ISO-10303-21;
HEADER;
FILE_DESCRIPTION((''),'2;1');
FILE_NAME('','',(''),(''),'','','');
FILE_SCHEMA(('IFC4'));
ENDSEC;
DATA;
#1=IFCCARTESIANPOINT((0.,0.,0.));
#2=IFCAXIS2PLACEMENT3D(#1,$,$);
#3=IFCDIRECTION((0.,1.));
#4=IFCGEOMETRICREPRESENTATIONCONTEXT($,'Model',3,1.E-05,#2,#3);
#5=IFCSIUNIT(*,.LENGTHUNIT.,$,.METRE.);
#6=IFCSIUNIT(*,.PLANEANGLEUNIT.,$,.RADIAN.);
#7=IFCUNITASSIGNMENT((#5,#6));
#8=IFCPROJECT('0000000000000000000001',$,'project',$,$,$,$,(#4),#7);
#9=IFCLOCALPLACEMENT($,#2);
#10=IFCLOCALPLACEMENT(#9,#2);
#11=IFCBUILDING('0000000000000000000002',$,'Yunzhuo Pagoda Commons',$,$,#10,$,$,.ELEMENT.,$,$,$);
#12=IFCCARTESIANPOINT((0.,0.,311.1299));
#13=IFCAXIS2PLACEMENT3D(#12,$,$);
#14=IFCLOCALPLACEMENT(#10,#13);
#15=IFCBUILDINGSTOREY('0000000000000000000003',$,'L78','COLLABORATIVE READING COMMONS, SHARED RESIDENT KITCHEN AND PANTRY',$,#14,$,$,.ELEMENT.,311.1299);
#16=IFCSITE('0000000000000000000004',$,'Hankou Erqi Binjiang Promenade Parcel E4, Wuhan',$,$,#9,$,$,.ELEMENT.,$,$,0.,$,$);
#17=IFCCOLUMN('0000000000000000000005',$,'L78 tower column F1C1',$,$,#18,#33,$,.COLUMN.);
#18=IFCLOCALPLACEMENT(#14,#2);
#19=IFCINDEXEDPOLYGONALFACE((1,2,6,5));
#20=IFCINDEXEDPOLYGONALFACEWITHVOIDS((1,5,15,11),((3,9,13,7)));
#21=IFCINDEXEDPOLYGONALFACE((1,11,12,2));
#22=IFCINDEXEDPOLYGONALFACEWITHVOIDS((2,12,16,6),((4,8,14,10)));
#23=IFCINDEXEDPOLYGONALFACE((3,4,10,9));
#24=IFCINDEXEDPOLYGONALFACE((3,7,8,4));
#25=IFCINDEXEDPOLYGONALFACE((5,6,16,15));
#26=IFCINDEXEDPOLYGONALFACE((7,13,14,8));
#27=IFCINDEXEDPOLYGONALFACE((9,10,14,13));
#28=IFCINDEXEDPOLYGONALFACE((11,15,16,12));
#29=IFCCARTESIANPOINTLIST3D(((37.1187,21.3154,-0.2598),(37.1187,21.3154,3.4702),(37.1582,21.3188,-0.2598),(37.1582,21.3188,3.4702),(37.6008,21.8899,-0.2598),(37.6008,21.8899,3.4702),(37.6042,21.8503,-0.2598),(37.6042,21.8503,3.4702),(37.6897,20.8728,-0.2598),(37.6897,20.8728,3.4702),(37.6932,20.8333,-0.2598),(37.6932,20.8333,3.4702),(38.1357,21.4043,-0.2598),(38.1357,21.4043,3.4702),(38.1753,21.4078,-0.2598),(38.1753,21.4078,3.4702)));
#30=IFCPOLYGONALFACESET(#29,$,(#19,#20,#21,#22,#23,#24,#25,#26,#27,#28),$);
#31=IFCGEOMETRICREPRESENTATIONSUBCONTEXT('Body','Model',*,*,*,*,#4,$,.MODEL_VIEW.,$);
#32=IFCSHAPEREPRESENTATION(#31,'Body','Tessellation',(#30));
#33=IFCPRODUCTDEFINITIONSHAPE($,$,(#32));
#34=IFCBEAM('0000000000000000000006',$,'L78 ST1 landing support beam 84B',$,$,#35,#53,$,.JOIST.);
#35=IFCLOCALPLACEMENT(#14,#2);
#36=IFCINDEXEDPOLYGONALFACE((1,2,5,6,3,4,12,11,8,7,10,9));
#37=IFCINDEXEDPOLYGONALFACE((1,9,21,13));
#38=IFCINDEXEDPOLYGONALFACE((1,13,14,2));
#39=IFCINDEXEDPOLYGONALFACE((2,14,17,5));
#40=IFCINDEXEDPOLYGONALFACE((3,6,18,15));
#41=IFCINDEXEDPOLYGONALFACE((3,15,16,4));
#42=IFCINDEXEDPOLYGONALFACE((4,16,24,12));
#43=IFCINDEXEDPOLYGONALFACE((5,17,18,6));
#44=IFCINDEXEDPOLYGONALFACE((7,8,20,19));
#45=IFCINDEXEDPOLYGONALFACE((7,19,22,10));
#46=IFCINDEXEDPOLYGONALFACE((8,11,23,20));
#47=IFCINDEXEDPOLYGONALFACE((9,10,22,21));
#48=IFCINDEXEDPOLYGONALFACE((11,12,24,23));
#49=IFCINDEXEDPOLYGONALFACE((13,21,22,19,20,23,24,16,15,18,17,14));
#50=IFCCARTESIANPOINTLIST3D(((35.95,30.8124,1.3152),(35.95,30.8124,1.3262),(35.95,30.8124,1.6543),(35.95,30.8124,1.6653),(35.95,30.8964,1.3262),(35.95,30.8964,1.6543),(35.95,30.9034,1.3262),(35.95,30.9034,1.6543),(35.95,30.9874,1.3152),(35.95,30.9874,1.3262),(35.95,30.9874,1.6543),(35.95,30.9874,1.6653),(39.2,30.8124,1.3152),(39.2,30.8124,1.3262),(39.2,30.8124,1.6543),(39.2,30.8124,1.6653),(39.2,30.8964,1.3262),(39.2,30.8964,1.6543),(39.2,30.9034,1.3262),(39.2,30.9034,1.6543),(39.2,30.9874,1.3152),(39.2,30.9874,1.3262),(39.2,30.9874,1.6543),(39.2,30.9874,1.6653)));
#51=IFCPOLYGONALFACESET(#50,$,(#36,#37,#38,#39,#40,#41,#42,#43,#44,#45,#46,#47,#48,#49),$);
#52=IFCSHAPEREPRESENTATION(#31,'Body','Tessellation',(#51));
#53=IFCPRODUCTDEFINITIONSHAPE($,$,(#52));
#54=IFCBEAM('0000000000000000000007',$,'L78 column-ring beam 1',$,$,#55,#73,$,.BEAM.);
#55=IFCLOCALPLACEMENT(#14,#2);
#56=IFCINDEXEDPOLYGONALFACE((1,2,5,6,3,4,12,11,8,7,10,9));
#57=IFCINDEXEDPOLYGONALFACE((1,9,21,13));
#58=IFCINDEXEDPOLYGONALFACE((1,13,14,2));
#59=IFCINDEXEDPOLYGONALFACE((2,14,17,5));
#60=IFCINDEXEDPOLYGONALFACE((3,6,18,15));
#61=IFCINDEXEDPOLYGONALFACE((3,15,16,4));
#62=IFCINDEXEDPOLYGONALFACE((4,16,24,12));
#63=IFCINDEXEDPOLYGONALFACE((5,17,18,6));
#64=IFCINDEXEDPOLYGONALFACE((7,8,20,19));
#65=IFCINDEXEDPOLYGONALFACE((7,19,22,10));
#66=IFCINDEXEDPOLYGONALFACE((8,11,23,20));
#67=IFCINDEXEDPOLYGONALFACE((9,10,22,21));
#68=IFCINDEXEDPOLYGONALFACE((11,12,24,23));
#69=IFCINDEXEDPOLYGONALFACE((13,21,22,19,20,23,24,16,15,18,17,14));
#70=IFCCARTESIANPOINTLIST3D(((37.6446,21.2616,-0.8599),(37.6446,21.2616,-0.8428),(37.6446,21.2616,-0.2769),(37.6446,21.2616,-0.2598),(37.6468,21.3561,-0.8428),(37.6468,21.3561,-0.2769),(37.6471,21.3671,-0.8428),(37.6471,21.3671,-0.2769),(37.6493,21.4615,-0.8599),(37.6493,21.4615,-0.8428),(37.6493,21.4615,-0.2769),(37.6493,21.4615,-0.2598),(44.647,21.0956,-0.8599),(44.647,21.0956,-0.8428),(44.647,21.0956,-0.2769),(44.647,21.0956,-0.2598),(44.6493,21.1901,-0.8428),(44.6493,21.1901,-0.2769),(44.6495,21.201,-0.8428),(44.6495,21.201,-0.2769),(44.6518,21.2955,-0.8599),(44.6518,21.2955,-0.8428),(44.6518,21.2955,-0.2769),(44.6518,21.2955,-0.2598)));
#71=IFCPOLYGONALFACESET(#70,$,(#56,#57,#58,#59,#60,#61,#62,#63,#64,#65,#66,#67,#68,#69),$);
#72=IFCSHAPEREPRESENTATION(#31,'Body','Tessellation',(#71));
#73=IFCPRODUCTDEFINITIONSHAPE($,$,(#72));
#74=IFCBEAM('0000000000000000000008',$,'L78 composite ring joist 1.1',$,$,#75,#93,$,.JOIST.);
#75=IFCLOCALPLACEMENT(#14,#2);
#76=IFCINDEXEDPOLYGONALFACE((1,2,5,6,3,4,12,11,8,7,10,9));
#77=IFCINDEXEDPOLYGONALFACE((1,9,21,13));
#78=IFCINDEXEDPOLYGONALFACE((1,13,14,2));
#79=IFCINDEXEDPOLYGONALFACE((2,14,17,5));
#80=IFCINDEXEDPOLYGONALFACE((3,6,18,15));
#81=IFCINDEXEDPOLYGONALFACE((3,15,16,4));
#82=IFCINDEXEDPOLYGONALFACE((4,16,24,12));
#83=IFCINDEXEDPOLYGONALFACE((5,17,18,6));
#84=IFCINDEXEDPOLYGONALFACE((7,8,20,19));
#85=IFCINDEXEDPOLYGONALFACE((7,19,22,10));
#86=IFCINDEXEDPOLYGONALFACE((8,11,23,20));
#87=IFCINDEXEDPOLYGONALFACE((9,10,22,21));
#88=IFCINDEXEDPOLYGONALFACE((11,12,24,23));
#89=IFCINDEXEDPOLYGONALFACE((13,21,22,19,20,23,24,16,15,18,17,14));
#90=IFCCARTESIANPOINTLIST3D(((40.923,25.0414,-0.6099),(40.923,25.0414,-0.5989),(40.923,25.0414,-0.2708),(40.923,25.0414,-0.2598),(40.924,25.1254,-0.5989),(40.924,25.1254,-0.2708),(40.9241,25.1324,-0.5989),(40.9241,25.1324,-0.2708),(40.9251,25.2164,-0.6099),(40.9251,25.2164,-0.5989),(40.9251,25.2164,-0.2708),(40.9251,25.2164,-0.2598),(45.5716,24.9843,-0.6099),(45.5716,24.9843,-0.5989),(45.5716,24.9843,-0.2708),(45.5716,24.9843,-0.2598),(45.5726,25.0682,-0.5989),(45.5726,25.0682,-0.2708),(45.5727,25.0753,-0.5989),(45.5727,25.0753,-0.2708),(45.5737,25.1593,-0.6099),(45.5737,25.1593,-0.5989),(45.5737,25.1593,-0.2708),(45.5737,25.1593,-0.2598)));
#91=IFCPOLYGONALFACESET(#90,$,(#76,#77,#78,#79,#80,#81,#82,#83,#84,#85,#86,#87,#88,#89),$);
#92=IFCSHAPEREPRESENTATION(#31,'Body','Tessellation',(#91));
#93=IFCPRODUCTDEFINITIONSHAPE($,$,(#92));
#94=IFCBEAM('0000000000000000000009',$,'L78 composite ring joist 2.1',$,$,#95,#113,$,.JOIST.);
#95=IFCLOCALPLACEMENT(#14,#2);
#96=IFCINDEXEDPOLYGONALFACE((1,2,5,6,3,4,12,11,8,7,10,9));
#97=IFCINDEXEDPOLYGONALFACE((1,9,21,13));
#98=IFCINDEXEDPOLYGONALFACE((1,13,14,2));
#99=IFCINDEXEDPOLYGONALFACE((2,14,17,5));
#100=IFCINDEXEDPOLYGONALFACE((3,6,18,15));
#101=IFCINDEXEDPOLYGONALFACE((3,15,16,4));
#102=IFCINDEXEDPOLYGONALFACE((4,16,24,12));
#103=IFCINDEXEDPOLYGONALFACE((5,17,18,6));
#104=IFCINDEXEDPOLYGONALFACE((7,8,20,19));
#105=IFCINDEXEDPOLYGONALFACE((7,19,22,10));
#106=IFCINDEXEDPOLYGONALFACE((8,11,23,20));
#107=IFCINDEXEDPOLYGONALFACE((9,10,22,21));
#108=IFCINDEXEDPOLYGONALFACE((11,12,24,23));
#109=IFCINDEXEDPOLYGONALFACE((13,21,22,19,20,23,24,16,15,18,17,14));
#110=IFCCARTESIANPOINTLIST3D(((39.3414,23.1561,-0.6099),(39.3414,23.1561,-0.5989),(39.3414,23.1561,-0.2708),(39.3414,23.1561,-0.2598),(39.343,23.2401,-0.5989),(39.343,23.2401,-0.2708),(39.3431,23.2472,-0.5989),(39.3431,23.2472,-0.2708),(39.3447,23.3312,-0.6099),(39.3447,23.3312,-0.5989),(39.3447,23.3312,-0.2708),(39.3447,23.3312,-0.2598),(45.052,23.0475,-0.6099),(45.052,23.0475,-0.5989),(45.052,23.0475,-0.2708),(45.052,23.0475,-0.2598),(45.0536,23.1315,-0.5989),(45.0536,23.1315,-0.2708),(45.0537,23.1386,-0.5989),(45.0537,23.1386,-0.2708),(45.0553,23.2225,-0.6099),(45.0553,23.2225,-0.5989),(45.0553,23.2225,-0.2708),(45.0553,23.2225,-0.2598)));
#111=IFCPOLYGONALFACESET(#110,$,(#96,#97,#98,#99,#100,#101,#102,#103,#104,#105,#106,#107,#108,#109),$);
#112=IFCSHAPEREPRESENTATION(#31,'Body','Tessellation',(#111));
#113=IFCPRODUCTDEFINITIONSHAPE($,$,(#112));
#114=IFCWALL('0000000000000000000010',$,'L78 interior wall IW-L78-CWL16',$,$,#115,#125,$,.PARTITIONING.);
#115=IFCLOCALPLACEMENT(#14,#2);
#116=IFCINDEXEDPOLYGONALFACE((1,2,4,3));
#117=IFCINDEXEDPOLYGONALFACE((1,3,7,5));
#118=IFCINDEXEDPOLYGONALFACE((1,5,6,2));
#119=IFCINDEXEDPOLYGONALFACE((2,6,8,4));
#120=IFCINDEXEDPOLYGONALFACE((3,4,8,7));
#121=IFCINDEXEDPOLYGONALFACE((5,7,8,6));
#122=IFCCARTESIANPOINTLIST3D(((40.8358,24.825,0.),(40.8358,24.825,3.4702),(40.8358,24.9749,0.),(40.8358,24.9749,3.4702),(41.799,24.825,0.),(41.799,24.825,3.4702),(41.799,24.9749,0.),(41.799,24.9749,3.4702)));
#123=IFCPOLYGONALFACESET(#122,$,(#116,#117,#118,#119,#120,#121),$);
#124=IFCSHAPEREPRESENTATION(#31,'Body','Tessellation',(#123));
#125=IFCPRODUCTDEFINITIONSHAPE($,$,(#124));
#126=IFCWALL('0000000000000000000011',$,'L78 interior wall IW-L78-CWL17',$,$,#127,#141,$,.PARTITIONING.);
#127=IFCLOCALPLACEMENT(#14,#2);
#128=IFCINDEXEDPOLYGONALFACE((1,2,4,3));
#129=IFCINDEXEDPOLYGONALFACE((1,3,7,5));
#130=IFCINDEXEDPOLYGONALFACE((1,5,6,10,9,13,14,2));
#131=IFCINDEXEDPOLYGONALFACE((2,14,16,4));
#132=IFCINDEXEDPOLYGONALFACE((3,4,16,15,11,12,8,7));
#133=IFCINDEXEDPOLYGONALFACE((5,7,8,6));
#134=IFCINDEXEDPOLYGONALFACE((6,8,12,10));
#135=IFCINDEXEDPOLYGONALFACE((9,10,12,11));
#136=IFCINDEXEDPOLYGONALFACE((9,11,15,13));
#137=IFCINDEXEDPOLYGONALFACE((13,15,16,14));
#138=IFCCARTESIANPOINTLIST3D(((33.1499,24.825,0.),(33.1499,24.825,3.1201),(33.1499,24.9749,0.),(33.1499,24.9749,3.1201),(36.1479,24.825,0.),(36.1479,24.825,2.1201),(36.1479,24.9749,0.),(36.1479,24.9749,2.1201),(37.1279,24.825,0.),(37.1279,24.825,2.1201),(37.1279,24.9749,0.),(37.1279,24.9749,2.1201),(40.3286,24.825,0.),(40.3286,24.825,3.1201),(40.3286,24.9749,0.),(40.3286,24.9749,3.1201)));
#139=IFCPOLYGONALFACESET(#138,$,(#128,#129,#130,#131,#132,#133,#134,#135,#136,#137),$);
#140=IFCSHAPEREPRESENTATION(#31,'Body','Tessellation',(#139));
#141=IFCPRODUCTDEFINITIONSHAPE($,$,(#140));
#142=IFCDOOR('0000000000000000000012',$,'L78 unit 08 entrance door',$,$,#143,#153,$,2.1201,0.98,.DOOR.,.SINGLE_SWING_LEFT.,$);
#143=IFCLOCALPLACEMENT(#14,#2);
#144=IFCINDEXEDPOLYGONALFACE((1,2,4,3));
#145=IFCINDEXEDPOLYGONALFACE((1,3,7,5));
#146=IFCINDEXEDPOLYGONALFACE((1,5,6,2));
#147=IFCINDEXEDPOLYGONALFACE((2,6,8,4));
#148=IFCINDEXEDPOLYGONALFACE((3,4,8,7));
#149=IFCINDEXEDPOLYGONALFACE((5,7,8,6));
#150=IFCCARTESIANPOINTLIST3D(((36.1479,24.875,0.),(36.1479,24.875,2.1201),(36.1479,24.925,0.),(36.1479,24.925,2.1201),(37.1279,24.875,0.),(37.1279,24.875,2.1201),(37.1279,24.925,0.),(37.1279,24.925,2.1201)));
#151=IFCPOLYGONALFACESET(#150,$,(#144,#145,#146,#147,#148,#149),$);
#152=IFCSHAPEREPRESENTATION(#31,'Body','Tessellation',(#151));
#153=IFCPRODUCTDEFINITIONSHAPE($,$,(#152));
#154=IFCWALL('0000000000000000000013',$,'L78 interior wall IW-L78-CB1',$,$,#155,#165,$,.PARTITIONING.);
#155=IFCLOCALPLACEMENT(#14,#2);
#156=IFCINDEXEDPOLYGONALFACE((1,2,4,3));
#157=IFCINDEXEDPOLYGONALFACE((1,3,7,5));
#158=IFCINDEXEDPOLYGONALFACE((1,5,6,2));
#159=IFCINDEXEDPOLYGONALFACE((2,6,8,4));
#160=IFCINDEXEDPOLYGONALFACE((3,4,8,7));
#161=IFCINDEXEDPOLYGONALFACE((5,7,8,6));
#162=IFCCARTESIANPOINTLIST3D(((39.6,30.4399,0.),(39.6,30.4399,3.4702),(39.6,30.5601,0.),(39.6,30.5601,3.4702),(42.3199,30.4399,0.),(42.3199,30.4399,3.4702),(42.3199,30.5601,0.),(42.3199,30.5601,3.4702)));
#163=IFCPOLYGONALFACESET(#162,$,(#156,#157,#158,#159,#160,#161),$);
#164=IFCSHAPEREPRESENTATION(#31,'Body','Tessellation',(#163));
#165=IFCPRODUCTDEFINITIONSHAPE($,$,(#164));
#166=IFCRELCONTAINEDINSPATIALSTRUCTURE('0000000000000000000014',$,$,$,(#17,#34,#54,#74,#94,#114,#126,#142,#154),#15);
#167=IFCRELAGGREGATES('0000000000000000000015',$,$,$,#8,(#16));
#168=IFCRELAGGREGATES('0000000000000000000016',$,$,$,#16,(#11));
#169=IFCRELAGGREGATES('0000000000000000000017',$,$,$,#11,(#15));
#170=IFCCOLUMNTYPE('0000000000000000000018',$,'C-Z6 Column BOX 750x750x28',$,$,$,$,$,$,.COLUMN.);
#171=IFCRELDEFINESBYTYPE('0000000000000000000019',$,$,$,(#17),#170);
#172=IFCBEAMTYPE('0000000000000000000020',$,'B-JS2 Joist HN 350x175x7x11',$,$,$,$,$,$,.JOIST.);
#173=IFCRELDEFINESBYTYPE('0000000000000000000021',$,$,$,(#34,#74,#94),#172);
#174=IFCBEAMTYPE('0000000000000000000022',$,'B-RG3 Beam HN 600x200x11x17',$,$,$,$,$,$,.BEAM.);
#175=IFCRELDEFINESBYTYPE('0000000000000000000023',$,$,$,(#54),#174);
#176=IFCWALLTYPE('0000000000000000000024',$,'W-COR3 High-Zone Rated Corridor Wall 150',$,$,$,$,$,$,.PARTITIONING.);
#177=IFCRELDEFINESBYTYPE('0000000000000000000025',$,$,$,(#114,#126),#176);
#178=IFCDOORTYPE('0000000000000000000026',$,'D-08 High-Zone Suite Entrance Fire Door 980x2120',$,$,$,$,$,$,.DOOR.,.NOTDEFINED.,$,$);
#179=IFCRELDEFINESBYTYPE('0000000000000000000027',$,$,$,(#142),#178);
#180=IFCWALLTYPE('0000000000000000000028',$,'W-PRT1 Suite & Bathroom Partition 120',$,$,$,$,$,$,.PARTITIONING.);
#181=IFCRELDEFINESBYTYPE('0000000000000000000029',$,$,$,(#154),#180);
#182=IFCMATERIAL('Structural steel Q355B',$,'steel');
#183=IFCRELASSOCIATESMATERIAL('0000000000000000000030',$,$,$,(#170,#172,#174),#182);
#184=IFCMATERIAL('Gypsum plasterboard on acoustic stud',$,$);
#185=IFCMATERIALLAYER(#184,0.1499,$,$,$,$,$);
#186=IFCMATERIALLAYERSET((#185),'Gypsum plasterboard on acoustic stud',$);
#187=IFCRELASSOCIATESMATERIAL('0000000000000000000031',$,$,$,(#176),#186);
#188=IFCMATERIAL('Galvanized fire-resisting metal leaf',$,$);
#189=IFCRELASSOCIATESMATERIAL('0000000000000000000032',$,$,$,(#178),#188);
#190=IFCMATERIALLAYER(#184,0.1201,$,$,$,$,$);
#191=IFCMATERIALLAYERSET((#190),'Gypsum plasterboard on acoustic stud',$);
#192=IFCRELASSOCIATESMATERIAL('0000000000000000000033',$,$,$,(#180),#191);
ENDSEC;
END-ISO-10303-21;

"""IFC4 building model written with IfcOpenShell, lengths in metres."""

from ifc_helpers import new_model, si_unit, direction, frame, frame_2d, origin, origin_with_axes, origin_2d, place, context, subcontext, project, spatial, rectangle, hollow_rectangle, i_section, extrude, source, transform, mapped, material, layer, layer_set, material_profile, profile_set, type_object, element, fill, save


model = new_model("IFC4")

# Units and contexts
model_context = context("Model", 3, precision=1e-05, world=origin(), true_north=direction((0.0, 1.0)))
body_context = subcontext(model_context, "Body", "Model", "MODEL_VIEW")
ifc_project = project(units=[si_unit("LENGTHUNIT", "METRE"), si_unit("PLANEANGLEUNIT", "RADIAN")], contexts=[model_context])

# Site, building, storey
site_placement = place(None, origin())
site = spatial("IfcSite", under=ifc_project, at=site_placement, Name="Hankou Erqi Binjiang Promenade Parcel E4, Wuhan", CompositionType="ELEMENT", RefElevation=0.0)
building_placement = place(site_placement, origin())
building = spatial("IfcBuilding", under=site, at=building_placement, Name="Yunzhuo Pagoda Commons", CompositionType="ELEMENT")
storey_placement = place(building_placement, frame((0.0, 0.0, 311.1299)))
storey = spatial("IfcBuildingStorey", under=building, at=storey_placement, Name="L78", Description="COLLABORATIVE READING COMMONS, SHARED RESIDENT KITCHEN AND PANTRY", CompositionType="ELEMENT", Elevation=311.1299)

# Column
ifc_material_1 = material(Name="Structural steel Q355B", Category="steel")
ifc_material_profile_1 = material_profile(ifc_material_1, hollow_rectangle(XDim=0.75, YDim=0.75, WallThickness=0.0281, at=origin_2d()), Name="Structural steel Q355B")
ifc_profile_set_1 = profile_set([ifc_material_profile_1], Name="Structural steel Q355B")
column_type = type_object("IfcColumnType", Name="C-Z6 Column BOX 750x750x28", PredefinedType="COLUMN", material=ifc_profile_set_1)
shared_shape_1 = source(origin(), body_context, "Body", "SweptSolid", [
    extrude(hollow_rectangle(XDim=0.75, YDim=0.75, WallThickness=0.0281, at=origin_2d()), origin(), (0.0, 0.0, 1.0), 3.73),
])
column_placement = place(storey_placement, frame((37.647, 21.3616, -0.2598), z_axis=(0.0, 0.0, 1.0), x_axis=(0.766044, -0.642788, 0.0)))
element("IfcColumn", 1, at=column_placement, inside=storey, type_object=column_type, Name="L78 tower column F1C1", PredefinedType="COLUMN", context=body_context, shape_type="MappedRepresentation", body=[
    mapped(shared_shape_1, transform((0.0, 0.0, 0.0), scale=1.0)),
])

# Beams
ifc_material_profile_2 = material_profile(ifc_material_1, i_section(OverallWidth=0.175, OverallDepth=0.3501, WebThickness=0.0071, FlangeThickness=0.011, at=origin_2d()), Name="Structural steel Q355B")
ifc_profile_set_2 = profile_set([ifc_material_profile_2], Name="Structural steel Q355B")
beam_type_1 = type_object("IfcBeamType", Name="B-JS2 Joist HN 350x175x7x11", PredefinedType="JOIST", material=ifc_profile_set_2)
shared_shape_2 = source(origin(), body_context, "Body", "SweptSolid", [
    extrude(i_section(OverallWidth=0.175, OverallDepth=0.3501, WebThickness=0.0071, FlangeThickness=0.011, at=origin_2d()), origin(), (0.0, 0.0, 1.0), 3.25),
])
beam_1_placement = place(storey_placement, frame((35.95, 30.8999, 1.4902), z_axis=(1.0, 0.0, 0.0), x_axis=(0.0, 1.0, 0.0)))
element("IfcBeam", 2, at=beam_1_placement, inside=storey, type_object=beam_type_1, Name="L78 ST1 landing support beam 84B", PredefinedType="JOIST", context=body_context, shape_type="MappedRepresentation", body=[
    mapped(shared_shape_2, transform((0.0, 0.0, 0.0), scale=1.0)),
])
ifc_material_profile_3 = material_profile(ifc_material_1, i_section(OverallWidth=0.2, OverallDepth=0.6001, WebThickness=0.011, FlangeThickness=0.0171, at=origin_2d()), Name="Structural steel Q355B")
ifc_profile_set_3 = profile_set([ifc_material_profile_3], Name="Structural steel Q355B")
beam_type_2 = type_object("IfcBeamType", Name="B-RG3 Beam HN 600x200x11x17", PredefinedType="BEAM", material=ifc_profile_set_3)
shared_shape_3 = source(origin(), body_context, "Body", "SweptSolid", [
    extrude(i_section(OverallWidth=0.2, OverallDepth=0.6001, WebThickness=0.011, FlangeThickness=0.0171, at=origin_2d()), origin(), (0.0, 0.0, 1.0), 7.0044),
])
beam_2_placement = place(storey_placement, frame((37.647, 21.3616, -0.5598), z_axis=(0.999719, -0.023702, 0.0), x_axis=(0.023702, 0.999719, 0.0)))
element("IfcBeam", 3, at=beam_2_placement, inside=storey, type_object=beam_type_2, Name="L78 column-ring beam 1", PredefinedType="BEAM", context=body_context, shape_type="MappedRepresentation", body=[
    mapped(shared_shape_3, transform((0.0, 0.0, 0.0), scale=1.0)),
])
shared_shape_4 = source(origin(), body_context, "Body", "SweptSolid", [
    extrude(i_section(OverallWidth=0.175, OverallDepth=0.3501, WebThickness=0.0071, FlangeThickness=0.011, at=origin_2d()), origin(), (0.0, 0.0, 1.0), 4.6489),
])
beam_3_placement = place(storey_placement, frame((40.9241, 25.1289, -0.4348), z_axis=(0.999924, -0.012288, 0.0), x_axis=(0.012288, 0.999924, 0.0)))
element("IfcBeam", 4, at=beam_3_placement, inside=storey, type_object=beam_type_1, Name="L78 composite ring joist 1.1", PredefinedType="JOIST", context=body_context, shape_type="MappedRepresentation", body=[
    mapped(shared_shape_4, transform((0.0, 0.0, 0.0), scale=1.0)),
])
shared_shape_5 = source(origin(), body_context, "Body", "SweptSolid", [
    extrude(i_section(OverallWidth=0.175, OverallDepth=0.3501, WebThickness=0.0071, FlangeThickness=0.011, at=origin_2d()), origin(), (0.0, 0.0, 1.0), 5.7117),
])
beam_4_placement = place(storey_placement, frame((39.343, 23.2437, -0.4348), z_axis=(0.999819, -0.019021, 0.0), x_axis=(0.019021, 0.999819, 0.0)))
element("IfcBeam", 5, at=beam_4_placement, inside=storey, type_object=beam_type_1, Name="L78 composite ring joist 2.1", PredefinedType="JOIST", context=body_context, shape_type="MappedRepresentation", body=[
    mapped(shared_shape_5, transform((0.0, 0.0, 0.0), scale=1.0)),
])

# Wall
ifc_material_2 = material(Name="Gypsum plasterboard on acoustic stud")
ifc_layer_1 = layer(ifc_material_2, 0.1499)
ifc_layer_set_1 = layer_set([ifc_layer_1], Name="Gypsum plasterboard on acoustic stud")
wall_type_1 = type_object("IfcWallType", Name="W-COR3 High-Zone Rated Corridor Wall 150", PredefinedType="PARTITIONING", material=ifc_layer_set_1)
wall_1_placement = place(storey_placement, frame((41.7988, 24.8999, 0.0), z_axis=(0.0, 0.0, 1.0), x_axis=(-1.0, 0.0, 0.0)))
element("IfcWall", 6, at=wall_1_placement, inside=storey, type_object=wall_type_1, Name="L78 interior wall IW-L78-CWL16", PredefinedType="PARTITIONING", context=body_context, shape_type="SweptSolid", body=[
    extrude(rectangle(XDim=0.9631, YDim=0.1499, at=frame_2d((0.4814, 0.0))), origin(), (0.0, 0.0, 1.0), 3.4702),
])

# Wall, opening, door
wall_2_placement = place(storey_placement, frame((40.3286, 24.8999, 0.0), z_axis=(0.0, 0.0, 1.0), x_axis=(-1.0, 0.0, 0.0)))
wall_2 = element("IfcWall", 7, at=wall_2_placement, inside=storey, type_object=wall_type_1, Name="L78 interior wall IW-L78-CWL17", PredefinedType="PARTITIONING", context=body_context, shape_type="SweptSolid", body=[
    extrude(rectangle(XDim=7.1787, YDim=0.1499, at=frame_2d((3.5894, 0.0))), origin(), (0.0, 0.0, 1.0), 3.1201),
])
opening_1_placement = place(wall_2_placement, frame((3.2007, 0.0, 0.0)))
opening_1 = element("IfcOpeningElement", 8, at=opening_1_placement, cuts=wall_2, PredefinedType="OPENING", context=body_context, shape_type="SweptSolid", body=[
    extrude(rectangle(XDim=0.98, YDim=2.1201, at=frame_2d((0.49, 1.0601))), frame((0.0, 0.085, 0.0), z_axis=(0.0, -1.0, 0.0), x_axis=(1.0, 0.0, 0.0)), (0.0, 0.0, 1.0), 0.1699),
])
ifc_material_3 = material(Name="Galvanized fire-resisting metal leaf")
door_type_1 = type_object("IfcDoorType", Name="D-08 High-Zone Suite Entrance Fire Door 980x2120", OperationType="NOTDEFINED", PredefinedType="DOOR", material=ifc_material_3)
shared_shape_6 = source(origin(), body_context, "Body", "SweptSolid", [
    extrude(rectangle(XDim=0.98, YDim=2.1201, at=frame_2d((0.49, 1.0601))), frame((0.0, 0.0249, 0.0), z_axis=(0.0, -1.0, 0.0), x_axis=(1.0, 0.0, 0.0)), (0.0, 0.0, 1.0), 0.05),
])
door_1_placement = place(opening_1_placement, origin_with_axes())
door_1 = element("IfcDoor", 9, at=door_1_placement, inside=storey, type_object=door_type_1, Name="L78 unit 08 entrance door", OperationType="SINGLE_SWING_LEFT", OverallHeight=2.1201, OverallWidth=0.98, PredefinedType="DOOR", context=body_context, shape_type="MappedRepresentation", body=[
    mapped(shared_shape_6, transform((0.0, 0.0, 0.0), scale=1.0)),
])
fill(opening_1, door_1)

# Wall
ifc_layer_2 = layer(ifc_material_2, 0.1201)
ifc_layer_set_2 = layer_set([ifc_layer_2], Name="Gypsum plasterboard on acoustic stud")
wall_type_2 = type_object("IfcWallType", Name="W-PRT1 Suite & Bathroom Partition 120", PredefinedType="PARTITIONING", material=ifc_layer_set_2)
wall_3_placement = place(storey_placement, frame((39.6001, 30.5, 0.0), z_axis=(0.0, 0.0, 1.0), x_axis=(1.0, 0.0, 0.0)))
element("IfcWall", 10, at=wall_3_placement, inside=storey, type_object=wall_type_2, Name="L78 interior wall IW-L78-CB1", PredefinedType="PARTITIONING", context=body_context, shape_type="SweptSolid", body=[
    extrude(rectangle(XDim=2.72, YDim=0.1201, at=frame_2d((1.3599, 0.0))), origin(), (0.0, 0.0, 1.0), 3.4702),
])

save(model, "model.ifc")
